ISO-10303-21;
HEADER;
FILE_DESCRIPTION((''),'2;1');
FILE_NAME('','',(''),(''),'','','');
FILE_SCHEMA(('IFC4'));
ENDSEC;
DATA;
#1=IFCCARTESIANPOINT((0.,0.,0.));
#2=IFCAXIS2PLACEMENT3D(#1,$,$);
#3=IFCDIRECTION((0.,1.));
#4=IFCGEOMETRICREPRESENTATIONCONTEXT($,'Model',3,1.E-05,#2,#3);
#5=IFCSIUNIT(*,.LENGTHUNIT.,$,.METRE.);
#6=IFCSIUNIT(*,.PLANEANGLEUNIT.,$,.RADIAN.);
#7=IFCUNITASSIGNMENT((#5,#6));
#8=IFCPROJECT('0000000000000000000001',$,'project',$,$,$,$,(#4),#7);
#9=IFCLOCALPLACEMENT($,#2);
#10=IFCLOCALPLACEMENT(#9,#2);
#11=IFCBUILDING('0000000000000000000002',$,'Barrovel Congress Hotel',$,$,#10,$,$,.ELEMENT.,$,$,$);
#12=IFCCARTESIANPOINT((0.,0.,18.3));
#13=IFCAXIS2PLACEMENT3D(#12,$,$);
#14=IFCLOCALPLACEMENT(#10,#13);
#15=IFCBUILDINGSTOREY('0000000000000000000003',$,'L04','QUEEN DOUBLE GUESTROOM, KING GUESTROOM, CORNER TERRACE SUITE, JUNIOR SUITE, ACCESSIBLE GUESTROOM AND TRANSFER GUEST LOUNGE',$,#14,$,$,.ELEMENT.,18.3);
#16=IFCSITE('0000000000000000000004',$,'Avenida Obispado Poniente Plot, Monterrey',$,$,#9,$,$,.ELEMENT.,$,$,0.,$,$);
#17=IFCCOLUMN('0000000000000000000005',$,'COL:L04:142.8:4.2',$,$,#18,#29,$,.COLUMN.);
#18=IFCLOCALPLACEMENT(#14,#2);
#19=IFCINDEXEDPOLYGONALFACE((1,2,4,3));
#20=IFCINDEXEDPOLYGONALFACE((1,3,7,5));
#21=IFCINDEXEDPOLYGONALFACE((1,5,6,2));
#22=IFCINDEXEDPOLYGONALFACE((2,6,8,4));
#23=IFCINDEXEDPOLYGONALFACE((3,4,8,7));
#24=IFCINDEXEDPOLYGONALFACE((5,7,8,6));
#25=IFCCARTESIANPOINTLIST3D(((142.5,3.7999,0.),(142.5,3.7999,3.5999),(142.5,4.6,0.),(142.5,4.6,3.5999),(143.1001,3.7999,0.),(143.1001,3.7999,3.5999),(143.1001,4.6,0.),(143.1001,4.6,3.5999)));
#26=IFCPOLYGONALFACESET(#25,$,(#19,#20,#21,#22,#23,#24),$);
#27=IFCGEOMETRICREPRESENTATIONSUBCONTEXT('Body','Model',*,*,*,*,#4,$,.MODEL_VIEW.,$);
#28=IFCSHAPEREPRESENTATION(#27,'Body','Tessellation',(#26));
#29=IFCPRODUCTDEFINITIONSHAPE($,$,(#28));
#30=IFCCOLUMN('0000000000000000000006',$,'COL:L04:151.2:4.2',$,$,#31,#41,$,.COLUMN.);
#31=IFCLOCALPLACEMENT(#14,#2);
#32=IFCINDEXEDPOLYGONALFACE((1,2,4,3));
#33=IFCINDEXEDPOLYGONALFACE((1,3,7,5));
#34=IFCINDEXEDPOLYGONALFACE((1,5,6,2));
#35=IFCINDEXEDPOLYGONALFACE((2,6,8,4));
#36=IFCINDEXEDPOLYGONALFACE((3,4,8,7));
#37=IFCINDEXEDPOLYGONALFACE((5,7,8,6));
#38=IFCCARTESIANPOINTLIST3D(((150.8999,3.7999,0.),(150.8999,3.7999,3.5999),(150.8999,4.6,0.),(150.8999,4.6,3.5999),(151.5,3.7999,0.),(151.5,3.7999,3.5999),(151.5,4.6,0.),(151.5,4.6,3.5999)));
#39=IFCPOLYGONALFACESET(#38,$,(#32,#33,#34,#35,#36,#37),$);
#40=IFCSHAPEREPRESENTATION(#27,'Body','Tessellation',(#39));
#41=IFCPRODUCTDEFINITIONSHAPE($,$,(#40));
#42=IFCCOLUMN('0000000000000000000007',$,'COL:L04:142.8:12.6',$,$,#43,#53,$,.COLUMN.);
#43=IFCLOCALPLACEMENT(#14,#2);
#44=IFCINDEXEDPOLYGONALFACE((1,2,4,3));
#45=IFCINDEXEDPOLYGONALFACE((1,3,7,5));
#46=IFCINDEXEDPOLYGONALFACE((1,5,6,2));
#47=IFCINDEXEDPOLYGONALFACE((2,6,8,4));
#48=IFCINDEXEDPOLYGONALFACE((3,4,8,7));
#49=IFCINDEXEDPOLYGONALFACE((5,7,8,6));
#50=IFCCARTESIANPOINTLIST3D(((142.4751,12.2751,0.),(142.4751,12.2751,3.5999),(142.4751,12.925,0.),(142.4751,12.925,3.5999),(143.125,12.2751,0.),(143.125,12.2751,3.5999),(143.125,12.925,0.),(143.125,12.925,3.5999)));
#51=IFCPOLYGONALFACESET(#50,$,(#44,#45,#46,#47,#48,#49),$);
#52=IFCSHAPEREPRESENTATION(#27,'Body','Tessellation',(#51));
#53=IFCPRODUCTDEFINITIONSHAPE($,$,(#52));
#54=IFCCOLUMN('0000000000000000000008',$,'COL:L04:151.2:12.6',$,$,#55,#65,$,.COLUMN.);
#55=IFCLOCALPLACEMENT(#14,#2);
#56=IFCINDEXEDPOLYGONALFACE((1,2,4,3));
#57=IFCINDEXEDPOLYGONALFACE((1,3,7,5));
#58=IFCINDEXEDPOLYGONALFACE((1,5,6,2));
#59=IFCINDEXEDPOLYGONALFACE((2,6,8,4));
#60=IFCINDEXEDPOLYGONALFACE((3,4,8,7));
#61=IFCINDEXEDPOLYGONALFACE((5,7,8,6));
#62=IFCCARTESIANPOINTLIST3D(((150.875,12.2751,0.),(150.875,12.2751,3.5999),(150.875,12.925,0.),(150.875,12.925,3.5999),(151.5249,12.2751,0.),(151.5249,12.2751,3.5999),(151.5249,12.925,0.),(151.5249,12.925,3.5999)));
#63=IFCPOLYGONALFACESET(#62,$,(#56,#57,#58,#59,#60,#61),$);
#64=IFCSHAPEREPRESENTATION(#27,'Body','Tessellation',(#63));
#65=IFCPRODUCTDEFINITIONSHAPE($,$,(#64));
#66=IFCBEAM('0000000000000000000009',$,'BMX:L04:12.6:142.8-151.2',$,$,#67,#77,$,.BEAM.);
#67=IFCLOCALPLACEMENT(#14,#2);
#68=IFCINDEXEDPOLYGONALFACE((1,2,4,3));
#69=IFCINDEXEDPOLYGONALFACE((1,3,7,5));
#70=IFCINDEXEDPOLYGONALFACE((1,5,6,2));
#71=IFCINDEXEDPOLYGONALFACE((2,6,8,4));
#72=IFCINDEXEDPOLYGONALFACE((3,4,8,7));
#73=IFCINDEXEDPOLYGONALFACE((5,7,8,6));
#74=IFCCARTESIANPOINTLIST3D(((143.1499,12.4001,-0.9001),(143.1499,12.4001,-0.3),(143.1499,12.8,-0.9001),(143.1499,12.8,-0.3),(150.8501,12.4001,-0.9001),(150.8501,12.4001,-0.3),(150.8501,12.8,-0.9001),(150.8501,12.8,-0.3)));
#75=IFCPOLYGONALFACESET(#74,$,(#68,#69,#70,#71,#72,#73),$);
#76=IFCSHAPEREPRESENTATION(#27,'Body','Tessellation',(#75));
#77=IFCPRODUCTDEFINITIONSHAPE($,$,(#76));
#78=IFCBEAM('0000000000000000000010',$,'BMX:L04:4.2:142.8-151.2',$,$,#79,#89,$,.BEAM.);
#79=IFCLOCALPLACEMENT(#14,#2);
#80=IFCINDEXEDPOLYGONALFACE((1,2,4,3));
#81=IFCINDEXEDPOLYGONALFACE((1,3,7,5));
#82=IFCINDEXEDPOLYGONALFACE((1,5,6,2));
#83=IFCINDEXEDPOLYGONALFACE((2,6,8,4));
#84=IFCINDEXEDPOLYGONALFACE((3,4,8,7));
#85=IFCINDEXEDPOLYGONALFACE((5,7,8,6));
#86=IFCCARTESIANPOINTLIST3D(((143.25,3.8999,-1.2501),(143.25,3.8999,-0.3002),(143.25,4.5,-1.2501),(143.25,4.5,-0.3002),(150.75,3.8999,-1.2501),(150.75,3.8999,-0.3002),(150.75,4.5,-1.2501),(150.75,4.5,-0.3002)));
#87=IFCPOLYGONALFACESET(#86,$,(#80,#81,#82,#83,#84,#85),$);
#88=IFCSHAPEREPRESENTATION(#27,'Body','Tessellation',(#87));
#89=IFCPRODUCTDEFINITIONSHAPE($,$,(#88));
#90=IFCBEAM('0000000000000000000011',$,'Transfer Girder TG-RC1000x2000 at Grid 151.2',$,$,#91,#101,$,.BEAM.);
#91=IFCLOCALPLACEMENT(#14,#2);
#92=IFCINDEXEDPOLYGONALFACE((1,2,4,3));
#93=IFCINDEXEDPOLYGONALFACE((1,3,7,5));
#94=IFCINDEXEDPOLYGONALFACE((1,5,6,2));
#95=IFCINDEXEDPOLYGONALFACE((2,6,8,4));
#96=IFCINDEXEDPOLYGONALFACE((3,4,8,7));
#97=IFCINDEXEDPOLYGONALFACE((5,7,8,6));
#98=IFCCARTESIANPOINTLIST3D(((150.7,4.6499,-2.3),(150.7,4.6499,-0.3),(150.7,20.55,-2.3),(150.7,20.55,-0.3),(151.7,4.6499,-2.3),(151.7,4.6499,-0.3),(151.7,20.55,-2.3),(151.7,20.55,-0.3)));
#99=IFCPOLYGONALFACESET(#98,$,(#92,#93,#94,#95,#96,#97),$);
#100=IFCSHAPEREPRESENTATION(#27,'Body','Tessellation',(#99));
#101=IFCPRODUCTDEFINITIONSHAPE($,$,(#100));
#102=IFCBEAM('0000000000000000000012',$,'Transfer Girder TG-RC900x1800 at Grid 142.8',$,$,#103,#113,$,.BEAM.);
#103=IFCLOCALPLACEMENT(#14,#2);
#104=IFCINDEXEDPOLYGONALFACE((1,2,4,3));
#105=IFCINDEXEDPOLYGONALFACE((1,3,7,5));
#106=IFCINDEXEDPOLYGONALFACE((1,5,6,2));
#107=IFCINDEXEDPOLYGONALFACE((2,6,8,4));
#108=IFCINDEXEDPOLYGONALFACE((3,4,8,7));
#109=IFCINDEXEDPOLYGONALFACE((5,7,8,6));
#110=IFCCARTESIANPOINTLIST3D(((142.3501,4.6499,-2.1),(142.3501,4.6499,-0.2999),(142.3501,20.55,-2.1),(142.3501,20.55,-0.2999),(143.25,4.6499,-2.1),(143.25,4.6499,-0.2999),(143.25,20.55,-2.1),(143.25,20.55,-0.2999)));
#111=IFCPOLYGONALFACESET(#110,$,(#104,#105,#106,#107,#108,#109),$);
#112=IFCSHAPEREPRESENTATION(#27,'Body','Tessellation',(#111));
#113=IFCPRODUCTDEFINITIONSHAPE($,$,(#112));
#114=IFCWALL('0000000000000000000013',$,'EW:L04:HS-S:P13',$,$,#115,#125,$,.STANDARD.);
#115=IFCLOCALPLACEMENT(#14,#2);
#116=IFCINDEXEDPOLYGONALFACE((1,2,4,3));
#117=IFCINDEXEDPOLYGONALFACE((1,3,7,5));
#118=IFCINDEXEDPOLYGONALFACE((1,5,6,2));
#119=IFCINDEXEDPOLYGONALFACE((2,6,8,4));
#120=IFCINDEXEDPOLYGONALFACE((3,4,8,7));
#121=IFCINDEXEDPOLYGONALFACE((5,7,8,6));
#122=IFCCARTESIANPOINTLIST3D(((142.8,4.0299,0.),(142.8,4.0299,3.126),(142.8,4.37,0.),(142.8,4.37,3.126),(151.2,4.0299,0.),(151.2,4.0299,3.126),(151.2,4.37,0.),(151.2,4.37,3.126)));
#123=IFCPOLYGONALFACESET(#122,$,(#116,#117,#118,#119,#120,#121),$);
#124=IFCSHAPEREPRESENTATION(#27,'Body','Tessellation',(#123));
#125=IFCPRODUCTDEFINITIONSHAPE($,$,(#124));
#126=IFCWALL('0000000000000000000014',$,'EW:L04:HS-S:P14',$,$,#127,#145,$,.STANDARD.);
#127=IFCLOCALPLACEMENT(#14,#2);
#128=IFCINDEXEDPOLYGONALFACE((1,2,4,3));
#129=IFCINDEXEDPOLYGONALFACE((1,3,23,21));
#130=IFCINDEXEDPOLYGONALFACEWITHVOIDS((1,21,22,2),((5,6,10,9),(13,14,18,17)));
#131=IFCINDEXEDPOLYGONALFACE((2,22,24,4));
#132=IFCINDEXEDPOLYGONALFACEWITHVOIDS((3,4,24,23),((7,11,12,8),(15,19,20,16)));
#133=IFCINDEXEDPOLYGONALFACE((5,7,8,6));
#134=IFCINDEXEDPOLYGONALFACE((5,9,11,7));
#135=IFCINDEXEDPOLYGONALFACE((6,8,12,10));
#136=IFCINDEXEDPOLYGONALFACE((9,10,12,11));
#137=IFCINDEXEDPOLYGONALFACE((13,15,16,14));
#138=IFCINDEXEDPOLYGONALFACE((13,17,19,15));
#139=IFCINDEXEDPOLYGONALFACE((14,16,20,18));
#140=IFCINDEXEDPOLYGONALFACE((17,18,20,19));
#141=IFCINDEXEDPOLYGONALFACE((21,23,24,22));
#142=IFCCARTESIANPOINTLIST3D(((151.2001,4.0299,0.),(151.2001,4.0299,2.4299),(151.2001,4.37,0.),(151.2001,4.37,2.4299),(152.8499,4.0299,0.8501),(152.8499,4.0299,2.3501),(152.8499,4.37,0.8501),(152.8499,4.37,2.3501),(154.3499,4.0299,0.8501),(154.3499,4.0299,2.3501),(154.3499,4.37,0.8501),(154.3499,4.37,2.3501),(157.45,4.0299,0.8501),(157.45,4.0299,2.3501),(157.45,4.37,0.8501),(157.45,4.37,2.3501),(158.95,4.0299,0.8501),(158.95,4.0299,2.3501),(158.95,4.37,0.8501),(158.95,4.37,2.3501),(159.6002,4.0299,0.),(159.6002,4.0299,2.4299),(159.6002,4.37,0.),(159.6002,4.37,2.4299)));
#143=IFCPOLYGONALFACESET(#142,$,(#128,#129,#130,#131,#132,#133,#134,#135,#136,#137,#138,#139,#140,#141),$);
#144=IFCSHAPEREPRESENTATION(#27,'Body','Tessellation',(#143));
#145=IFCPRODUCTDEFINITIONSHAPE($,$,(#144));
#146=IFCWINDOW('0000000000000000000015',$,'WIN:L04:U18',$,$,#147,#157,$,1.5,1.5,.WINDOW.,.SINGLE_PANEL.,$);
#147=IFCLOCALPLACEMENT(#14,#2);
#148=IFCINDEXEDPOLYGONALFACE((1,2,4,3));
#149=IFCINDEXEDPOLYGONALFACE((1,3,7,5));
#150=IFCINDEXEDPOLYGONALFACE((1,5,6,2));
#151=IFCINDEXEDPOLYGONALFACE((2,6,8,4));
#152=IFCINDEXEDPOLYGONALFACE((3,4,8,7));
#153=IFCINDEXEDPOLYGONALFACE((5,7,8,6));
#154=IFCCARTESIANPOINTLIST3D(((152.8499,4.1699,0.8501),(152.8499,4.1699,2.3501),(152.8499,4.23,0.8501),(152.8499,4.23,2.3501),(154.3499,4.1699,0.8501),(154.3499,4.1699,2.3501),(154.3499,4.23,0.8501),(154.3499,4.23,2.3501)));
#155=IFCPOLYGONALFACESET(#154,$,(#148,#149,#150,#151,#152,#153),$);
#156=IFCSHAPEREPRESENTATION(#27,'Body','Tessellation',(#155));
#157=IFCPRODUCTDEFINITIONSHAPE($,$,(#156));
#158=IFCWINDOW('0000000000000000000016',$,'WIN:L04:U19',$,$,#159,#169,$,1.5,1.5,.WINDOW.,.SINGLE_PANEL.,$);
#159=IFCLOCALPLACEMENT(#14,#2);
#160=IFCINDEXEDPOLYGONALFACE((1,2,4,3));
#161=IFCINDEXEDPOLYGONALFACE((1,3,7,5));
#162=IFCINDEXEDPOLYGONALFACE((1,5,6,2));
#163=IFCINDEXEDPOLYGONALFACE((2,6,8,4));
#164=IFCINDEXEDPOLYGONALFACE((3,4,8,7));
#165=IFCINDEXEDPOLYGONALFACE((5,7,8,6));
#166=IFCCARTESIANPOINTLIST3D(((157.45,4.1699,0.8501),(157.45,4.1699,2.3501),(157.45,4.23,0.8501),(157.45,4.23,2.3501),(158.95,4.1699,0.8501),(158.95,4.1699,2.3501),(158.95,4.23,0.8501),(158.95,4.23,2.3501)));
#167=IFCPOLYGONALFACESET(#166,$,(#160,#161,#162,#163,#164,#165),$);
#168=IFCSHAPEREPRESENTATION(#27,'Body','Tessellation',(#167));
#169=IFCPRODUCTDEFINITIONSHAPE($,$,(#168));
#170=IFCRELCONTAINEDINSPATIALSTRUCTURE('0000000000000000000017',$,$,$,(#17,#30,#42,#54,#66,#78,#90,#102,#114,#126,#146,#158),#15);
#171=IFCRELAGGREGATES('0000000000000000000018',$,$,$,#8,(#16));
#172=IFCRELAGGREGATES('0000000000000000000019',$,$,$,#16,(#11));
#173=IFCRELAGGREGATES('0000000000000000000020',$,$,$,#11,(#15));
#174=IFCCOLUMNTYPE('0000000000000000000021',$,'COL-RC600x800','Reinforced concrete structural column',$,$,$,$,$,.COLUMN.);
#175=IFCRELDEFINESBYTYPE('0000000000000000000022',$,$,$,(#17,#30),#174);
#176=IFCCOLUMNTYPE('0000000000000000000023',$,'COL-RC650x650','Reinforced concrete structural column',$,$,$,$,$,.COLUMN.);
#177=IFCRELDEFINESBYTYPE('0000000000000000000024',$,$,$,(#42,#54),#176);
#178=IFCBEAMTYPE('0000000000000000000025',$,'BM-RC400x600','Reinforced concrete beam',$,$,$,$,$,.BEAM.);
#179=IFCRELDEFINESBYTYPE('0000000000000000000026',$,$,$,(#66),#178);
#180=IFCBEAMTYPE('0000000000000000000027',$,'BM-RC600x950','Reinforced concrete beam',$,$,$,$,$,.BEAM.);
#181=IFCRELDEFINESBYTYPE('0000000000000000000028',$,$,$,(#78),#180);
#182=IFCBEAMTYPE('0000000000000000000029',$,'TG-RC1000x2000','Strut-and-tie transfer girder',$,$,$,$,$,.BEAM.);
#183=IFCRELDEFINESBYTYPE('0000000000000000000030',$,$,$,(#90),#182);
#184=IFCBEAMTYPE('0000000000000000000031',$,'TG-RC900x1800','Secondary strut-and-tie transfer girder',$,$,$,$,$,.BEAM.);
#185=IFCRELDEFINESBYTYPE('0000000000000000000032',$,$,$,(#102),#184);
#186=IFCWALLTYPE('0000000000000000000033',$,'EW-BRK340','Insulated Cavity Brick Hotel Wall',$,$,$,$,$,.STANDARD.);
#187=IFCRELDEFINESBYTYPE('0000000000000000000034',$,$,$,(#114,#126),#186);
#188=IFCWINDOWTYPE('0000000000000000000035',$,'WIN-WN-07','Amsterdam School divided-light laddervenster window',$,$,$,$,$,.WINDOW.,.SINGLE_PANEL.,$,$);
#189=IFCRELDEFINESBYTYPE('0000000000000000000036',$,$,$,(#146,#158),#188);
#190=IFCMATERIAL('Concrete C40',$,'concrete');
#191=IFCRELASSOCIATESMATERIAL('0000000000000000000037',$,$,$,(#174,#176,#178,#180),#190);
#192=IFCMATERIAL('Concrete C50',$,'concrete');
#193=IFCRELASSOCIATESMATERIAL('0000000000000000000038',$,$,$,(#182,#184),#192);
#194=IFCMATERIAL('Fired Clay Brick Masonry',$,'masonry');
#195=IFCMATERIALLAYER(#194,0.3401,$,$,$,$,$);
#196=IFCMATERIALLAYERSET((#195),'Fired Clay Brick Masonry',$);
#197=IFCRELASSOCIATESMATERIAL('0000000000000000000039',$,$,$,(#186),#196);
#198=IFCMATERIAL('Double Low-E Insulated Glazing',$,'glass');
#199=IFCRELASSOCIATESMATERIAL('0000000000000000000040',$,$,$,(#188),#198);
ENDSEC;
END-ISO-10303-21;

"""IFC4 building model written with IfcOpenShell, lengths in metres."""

from ifc_helpers import new_model, si_unit, direction, frame, frame_2d, origin, origin_2d, place, context, subcontext, project, spatial, rectangle, extrude, material, layer, layer_set, material_profile, profile_set, type_object, element, fill, save


model = new_model("IFC4")

# Units and contexts
model_context = context("Model", 3, precision=1e-05, world=origin(), true_north=direction((0.0, 1.0)))
body_context = subcontext(model_context, "Body", "Model", "MODEL_VIEW")
ifc_project = project(units=[si_unit("LENGTHUNIT", "METRE"), si_unit("PLANEANGLEUNIT", "RADIAN")], contexts=[model_context])

# Site, building, storey
site_placement = place(None, origin())
site = spatial("IfcSite", under=ifc_project, at=site_placement, Name="Avenida Obispado Poniente Plot, Monterrey", CompositionType="ELEMENT", RefElevation=0.0)
building_placement = place(site_placement, origin())
building = spatial("IfcBuilding", under=site, at=building_placement, Name="Barrovel Congress Hotel", CompositionType="ELEMENT")
storey_placement = place(building_placement, frame((0.0, 0.0, 18.3)))
storey = spatial("IfcBuildingStorey", under=building, at=storey_placement, Name="L04", Description="QUEEN DOUBLE GUESTROOM, KING GUESTROOM, CORNER TERRACE SUITE, JUNIOR SUITE, ACCESSIBLE GUESTROOM AND TRANSFER GUEST LOUNGE", CompositionType="ELEMENT", Elevation=18.3)

# Columns
ifc_material_1 = material(Name="Concrete C40", Category="concrete")
ifc_material_profile_1 = material_profile(ifc_material_1, rectangle(XDim=0.6001, YDim=0.8, at=origin_2d()), Name="RC600x800")
ifc_profile_set_1 = profile_set([ifc_material_profile_1], Name="Concrete C40")
column_type_1 = type_object("IfcColumnType", Name="COL-RC600x800", Description="Reinforced concrete structural column", PredefinedType="COLUMN", material=ifc_profile_set_1)
for number, where, z_axis, x_axis, name in (
    (1, (142.8, 4.2, 0.0), (0.0, 0.0, 1.0), (1.0, 0.0, 0.0), "COL:L04:142.8:4.2"),
    (2, (151.2, 4.2, 0.0), (0.0, 0.0, 1.0), (1.0, 0.0, 0.0), "COL:L04:151.2:4.2"),
):
    element("IfcColumn", number, at=place(storey_placement, frame(where, z_axis=z_axis, x_axis=x_axis)), inside=storey, type_object=column_type_1, Name=name, PredefinedType="COLUMN", context=body_context, shape_type="SweptSolid", body=[
        extrude(rectangle(XDim=0.6001, YDim=0.8, at=origin_2d()), origin(), (0.0, 0.0, 1.0), 3.5999),
    ])
ifc_material_profile_2 = material_profile(ifc_material_1, rectangle(XDim=0.6499, YDim=0.6499, at=origin_2d()), Name="RC650x650")
ifc_profile_set_2 = profile_set([ifc_material_profile_2], Name="Concrete C40")
column_type_2 = type_object("IfcColumnType", Name="COL-RC650x650", Description="Reinforced concrete structural column", PredefinedType="COLUMN", material=ifc_profile_set_2)
for number, where, z_axis, x_axis, name in (
    (3, (142.8, 12.6001, 0.0), (0.0, 0.0, 1.0), (1.0, 0.0, 0.0), "COL:L04:142.8:12.6"),
    (4, (151.2, 12.6001, 0.0), (0.0, 0.0, 1.0), (1.0, 0.0, 0.0), "COL:L04:151.2:12.6"),
):
    element("IfcColumn", number, at=place(storey_placement, frame(where, z_axis=z_axis, x_axis=x_axis)), inside=storey, type_object=column_type_2, Name=name, PredefinedType="COLUMN", context=body_context, shape_type="SweptSolid", body=[
        extrude(rectangle(XDim=0.6499, YDim=0.6499, at=origin_2d()), origin(), (0.0, 0.0, 1.0), 3.5999),
    ])

# Beams
ifc_material_profile_3 = material_profile(ifc_material_1, rectangle(XDim=0.3999, YDim=0.6001, at=origin_2d()), Name="RC400x600")
ifc_profile_set_3 = profile_set([ifc_material_profile_3], Name="Concrete C40")
beam_type_1 = type_object("IfcBeamType", Name="BM-RC400x600", Description="Reinforced concrete beam", PredefinedType="BEAM", material=ifc_profile_set_3)
beam_1_placement = place(storey_placement, frame((143.1499, 12.6001, -0.6001), z_axis=(1.0, 0.0, 0.0), x_axis=(0.0, 1.0, 0.0)))
element("IfcBeam", 5, at=beam_1_placement, inside=storey, type_object=beam_type_1, Name="BMX:L04:12.6:142.8-151.2", PredefinedType="BEAM", context=body_context, shape_type="SweptSolid", body=[
    extrude(rectangle(XDim=0.3999, YDim=0.6001, at=origin_2d()), origin(), (0.0, 0.0, 1.0), 7.7002),
])
ifc_material_profile_4 = material_profile(ifc_material_1, rectangle(XDim=0.6001, YDim=0.95, at=origin_2d()), Name="RC600x950")
ifc_profile_set_4 = profile_set([ifc_material_profile_4], Name="Concrete C40")
beam_type_2 = type_object("IfcBeamType", Name="BM-RC600x950", Description="Reinforced concrete beam", PredefinedType="BEAM", material=ifc_profile_set_4)
beam_2_placement = place(storey_placement, frame((143.25, 4.2, -0.7751), z_axis=(1.0, 0.0, 0.0), x_axis=(0.0, 1.0, 0.0)))
element("IfcBeam", 6, at=beam_2_placement, inside=storey, type_object=beam_type_2, Name="BMX:L04:4.2:142.8-151.2", PredefinedType="BEAM", context=body_context, shape_type="SweptSolid", body=[
    extrude(rectangle(XDim=0.6001, YDim=0.95, at=origin_2d()), origin(), (0.0, 0.0, 1.0), 7.5),
])
ifc_material_2 = material(Name="Concrete C50", Category="concrete")
ifc_material_profile_5 = material_profile(ifc_material_2, rectangle(XDim=1.0, YDim=2.0, at=origin_2d()), Name="RC1000x2000")
ifc_profile_set_5 = profile_set([ifc_material_profile_5], Name="Concrete C50")
beam_type_3 = type_object("IfcBeamType", Name="TG-RC1000x2000", Description="Strut-and-tie transfer girder", PredefinedType="BEAM", material=ifc_profile_set_5)
beam_3_placement = place(storey_placement, frame((151.2, 4.6499, -1.3), z_axis=(0.0, 1.0, 0.0), x_axis=(-1.0, 0.0, 0.0)))
element("IfcBeam", 7, at=beam_3_placement, inside=storey, type_object=beam_type_3, Name="Transfer Girder TG-RC1000x2000 at Grid 151.2", PredefinedType="BEAM", context=body_context, shape_type="SweptSolid", body=[
    extrude(rectangle(XDim=1.0, YDim=2.0, at=origin_2d()), origin(), (0.0, 0.0, 1.0), 15.9001),
])
ifc_material_profile_6 = material_profile(ifc_material_2, rectangle(XDim=0.8999, YDim=1.8, at=origin_2d()), Name="RC900x1800")
ifc_profile_set_6 = profile_set([ifc_material_profile_6], Name="Concrete C50")
beam_type_4 = type_object("IfcBeamType", Name="TG-RC900x1800", Description="Secondary strut-and-tie transfer girder", PredefinedType="BEAM", material=ifc_profile_set_6)
beam_4_placement = place(storey_placement, frame((142.8, 4.6499, -1.2), z_axis=(0.0, 1.0, 0.0), x_axis=(-1.0, 0.0, 0.0)))
element("IfcBeam", 8, at=beam_4_placement, inside=storey, type_object=beam_type_4, Name="Transfer Girder TG-RC900x1800 at Grid 142.8", PredefinedType="BEAM", context=body_context, shape_type="SweptSolid", body=[
    extrude(rectangle(XDim=0.8999, YDim=1.8, at=origin_2d()), origin(), (0.0, 0.0, 1.0), 15.9001),
])

# Wall
ifc_material_3 = material(Name="Fired Clay Brick Masonry", Category="masonry")
ifc_layer_1 = layer(ifc_material_3, 0.3401)
ifc_layer_set_1 = layer_set([ifc_layer_1], Name="Fired Clay Brick Masonry")
wall_type_1 = type_object("IfcWallType", Name="EW-BRK340", Description="Insulated Cavity Brick Hotel Wall", PredefinedType="STANDARD", material=ifc_layer_set_1)
wall_1_placement = place(storey_placement, frame((142.8, 4.2, 0.0), z_axis=(0.0, 0.0, 1.0), x_axis=(1.0, 0.0, 0.0)))
element("IfcWall", 9, at=wall_1_placement, inside=storey, type_object=wall_type_1, Name="EW:L04:HS-S:P13", PredefinedType="STANDARD", context=body_context, shape_type="SweptSolid", body=[
    extrude(rectangle(XDim=8.3999, YDim=0.3401, at=frame_2d((4.2, 0.0))), origin(), (0.0, 0.0, 1.0), 3.126),
])

# Wall, openings, windows
wall_2_placement = place(storey_placement, frame((151.2, 4.2, 0.0), z_axis=(0.0, 0.0, 1.0), x_axis=(1.0, 0.0, 0.0)))
wall_2 = element("IfcWall", 10, at=wall_2_placement, inside=storey, type_object=wall_type_1, Name="EW:L04:HS-S:P14", PredefinedType="STANDARD", context=body_context, shape_type="SweptSolid", body=[
    extrude(rectangle(XDim=8.4001, YDim=0.3401, at=frame_2d((4.2002, 0.0))), origin(), (0.0, 0.0, 1.0), 2.4299),
])
opening_1_placement = place(wall_2_placement, frame((1.6499, 0.0, 0.8501)))
opening_1 = element("IfcOpeningElement", 11, at=opening_1_placement, cuts=wall_2, PredefinedType="OPENING", context=body_context, shape_type="SweptSolid", body=[
    extrude(rectangle(XDim=1.5, YDim=1.5, at=frame_2d((0.75, 0.75))), frame((0.0, 0.1802, 0.0), z_axis=(0.0, -1.0, 0.0), x_axis=(1.0, 0.0, 0.0)), (0.0, 0.0, 1.0), 0.3601),
])
opening_2_placement = place(wall_2_placement, frame((6.25, 0.0, 0.8501)))
opening_2 = element("IfcOpeningElement", 12, at=opening_2_placement, cuts=wall_2, PredefinedType="OPENING", context=body_context, shape_type="SweptSolid", body=[
    extrude(rectangle(XDim=1.5, YDim=1.5, at=frame_2d((0.75, 0.75))), frame((0.0, 0.1802, 0.0), z_axis=(0.0, -1.0, 0.0), x_axis=(1.0, 0.0, 0.0)), (0.0, 0.0, 1.0), 0.3601),
])
ifc_material_4 = material(Name="Double Low-E Insulated Glazing", Category="glass")
window_type = type_object("IfcWindowType", Name="WIN-WN-07", Description="Amsterdam School divided-light laddervenster window", PartitioningType="SINGLE_PANEL", PredefinedType="WINDOW", material=ifc_material_4)
window_1_placement = place(opening_1_placement, origin())
window_1 = element("IfcWindow", 13, at=window_1_placement, inside=storey, type_object=window_type, Name="WIN:L04:U18", OverallHeight=1.5, OverallWidth=1.5, PartitioningType="SINGLE_PANEL", PredefinedType="WINDOW", context=body_context, shape_type="SweptSolid", body=[
    extrude(rectangle(XDim=1.5, YDim=1.5, at=frame_2d((0.75, 0.75))), frame((0.0, 0.03, 0.0), z_axis=(0.0, -1.0, 0.0), x_axis=(1.0, 0.0, 0.0)), (0.0, 0.0, 1.0), 0.0601),
])
fill(opening_1, window_1)
window_2_placement = place(opening_2_placement, origin())
window_2 = element("IfcWindow", 14, at=window_2_placement, inside=storey, type_object=window_type, Name="WIN:L04:U19", OverallHeight=1.5, OverallWidth=1.5, PartitioningType="SINGLE_PANEL", PredefinedType="WINDOW", context=body_context, shape_type="SweptSolid", body=[
    extrude(rectangle(XDim=1.5, YDim=1.5, at=frame_2d((0.75, 0.75))), frame((0.0, 0.03, 0.0), z_axis=(0.0, -1.0, 0.0), x_axis=(1.0, 0.0, 0.0)), (0.0, 0.0, 1.0), 0.0601),
])
fill(opening_2, window_2)

save(model, "model.ifc")
